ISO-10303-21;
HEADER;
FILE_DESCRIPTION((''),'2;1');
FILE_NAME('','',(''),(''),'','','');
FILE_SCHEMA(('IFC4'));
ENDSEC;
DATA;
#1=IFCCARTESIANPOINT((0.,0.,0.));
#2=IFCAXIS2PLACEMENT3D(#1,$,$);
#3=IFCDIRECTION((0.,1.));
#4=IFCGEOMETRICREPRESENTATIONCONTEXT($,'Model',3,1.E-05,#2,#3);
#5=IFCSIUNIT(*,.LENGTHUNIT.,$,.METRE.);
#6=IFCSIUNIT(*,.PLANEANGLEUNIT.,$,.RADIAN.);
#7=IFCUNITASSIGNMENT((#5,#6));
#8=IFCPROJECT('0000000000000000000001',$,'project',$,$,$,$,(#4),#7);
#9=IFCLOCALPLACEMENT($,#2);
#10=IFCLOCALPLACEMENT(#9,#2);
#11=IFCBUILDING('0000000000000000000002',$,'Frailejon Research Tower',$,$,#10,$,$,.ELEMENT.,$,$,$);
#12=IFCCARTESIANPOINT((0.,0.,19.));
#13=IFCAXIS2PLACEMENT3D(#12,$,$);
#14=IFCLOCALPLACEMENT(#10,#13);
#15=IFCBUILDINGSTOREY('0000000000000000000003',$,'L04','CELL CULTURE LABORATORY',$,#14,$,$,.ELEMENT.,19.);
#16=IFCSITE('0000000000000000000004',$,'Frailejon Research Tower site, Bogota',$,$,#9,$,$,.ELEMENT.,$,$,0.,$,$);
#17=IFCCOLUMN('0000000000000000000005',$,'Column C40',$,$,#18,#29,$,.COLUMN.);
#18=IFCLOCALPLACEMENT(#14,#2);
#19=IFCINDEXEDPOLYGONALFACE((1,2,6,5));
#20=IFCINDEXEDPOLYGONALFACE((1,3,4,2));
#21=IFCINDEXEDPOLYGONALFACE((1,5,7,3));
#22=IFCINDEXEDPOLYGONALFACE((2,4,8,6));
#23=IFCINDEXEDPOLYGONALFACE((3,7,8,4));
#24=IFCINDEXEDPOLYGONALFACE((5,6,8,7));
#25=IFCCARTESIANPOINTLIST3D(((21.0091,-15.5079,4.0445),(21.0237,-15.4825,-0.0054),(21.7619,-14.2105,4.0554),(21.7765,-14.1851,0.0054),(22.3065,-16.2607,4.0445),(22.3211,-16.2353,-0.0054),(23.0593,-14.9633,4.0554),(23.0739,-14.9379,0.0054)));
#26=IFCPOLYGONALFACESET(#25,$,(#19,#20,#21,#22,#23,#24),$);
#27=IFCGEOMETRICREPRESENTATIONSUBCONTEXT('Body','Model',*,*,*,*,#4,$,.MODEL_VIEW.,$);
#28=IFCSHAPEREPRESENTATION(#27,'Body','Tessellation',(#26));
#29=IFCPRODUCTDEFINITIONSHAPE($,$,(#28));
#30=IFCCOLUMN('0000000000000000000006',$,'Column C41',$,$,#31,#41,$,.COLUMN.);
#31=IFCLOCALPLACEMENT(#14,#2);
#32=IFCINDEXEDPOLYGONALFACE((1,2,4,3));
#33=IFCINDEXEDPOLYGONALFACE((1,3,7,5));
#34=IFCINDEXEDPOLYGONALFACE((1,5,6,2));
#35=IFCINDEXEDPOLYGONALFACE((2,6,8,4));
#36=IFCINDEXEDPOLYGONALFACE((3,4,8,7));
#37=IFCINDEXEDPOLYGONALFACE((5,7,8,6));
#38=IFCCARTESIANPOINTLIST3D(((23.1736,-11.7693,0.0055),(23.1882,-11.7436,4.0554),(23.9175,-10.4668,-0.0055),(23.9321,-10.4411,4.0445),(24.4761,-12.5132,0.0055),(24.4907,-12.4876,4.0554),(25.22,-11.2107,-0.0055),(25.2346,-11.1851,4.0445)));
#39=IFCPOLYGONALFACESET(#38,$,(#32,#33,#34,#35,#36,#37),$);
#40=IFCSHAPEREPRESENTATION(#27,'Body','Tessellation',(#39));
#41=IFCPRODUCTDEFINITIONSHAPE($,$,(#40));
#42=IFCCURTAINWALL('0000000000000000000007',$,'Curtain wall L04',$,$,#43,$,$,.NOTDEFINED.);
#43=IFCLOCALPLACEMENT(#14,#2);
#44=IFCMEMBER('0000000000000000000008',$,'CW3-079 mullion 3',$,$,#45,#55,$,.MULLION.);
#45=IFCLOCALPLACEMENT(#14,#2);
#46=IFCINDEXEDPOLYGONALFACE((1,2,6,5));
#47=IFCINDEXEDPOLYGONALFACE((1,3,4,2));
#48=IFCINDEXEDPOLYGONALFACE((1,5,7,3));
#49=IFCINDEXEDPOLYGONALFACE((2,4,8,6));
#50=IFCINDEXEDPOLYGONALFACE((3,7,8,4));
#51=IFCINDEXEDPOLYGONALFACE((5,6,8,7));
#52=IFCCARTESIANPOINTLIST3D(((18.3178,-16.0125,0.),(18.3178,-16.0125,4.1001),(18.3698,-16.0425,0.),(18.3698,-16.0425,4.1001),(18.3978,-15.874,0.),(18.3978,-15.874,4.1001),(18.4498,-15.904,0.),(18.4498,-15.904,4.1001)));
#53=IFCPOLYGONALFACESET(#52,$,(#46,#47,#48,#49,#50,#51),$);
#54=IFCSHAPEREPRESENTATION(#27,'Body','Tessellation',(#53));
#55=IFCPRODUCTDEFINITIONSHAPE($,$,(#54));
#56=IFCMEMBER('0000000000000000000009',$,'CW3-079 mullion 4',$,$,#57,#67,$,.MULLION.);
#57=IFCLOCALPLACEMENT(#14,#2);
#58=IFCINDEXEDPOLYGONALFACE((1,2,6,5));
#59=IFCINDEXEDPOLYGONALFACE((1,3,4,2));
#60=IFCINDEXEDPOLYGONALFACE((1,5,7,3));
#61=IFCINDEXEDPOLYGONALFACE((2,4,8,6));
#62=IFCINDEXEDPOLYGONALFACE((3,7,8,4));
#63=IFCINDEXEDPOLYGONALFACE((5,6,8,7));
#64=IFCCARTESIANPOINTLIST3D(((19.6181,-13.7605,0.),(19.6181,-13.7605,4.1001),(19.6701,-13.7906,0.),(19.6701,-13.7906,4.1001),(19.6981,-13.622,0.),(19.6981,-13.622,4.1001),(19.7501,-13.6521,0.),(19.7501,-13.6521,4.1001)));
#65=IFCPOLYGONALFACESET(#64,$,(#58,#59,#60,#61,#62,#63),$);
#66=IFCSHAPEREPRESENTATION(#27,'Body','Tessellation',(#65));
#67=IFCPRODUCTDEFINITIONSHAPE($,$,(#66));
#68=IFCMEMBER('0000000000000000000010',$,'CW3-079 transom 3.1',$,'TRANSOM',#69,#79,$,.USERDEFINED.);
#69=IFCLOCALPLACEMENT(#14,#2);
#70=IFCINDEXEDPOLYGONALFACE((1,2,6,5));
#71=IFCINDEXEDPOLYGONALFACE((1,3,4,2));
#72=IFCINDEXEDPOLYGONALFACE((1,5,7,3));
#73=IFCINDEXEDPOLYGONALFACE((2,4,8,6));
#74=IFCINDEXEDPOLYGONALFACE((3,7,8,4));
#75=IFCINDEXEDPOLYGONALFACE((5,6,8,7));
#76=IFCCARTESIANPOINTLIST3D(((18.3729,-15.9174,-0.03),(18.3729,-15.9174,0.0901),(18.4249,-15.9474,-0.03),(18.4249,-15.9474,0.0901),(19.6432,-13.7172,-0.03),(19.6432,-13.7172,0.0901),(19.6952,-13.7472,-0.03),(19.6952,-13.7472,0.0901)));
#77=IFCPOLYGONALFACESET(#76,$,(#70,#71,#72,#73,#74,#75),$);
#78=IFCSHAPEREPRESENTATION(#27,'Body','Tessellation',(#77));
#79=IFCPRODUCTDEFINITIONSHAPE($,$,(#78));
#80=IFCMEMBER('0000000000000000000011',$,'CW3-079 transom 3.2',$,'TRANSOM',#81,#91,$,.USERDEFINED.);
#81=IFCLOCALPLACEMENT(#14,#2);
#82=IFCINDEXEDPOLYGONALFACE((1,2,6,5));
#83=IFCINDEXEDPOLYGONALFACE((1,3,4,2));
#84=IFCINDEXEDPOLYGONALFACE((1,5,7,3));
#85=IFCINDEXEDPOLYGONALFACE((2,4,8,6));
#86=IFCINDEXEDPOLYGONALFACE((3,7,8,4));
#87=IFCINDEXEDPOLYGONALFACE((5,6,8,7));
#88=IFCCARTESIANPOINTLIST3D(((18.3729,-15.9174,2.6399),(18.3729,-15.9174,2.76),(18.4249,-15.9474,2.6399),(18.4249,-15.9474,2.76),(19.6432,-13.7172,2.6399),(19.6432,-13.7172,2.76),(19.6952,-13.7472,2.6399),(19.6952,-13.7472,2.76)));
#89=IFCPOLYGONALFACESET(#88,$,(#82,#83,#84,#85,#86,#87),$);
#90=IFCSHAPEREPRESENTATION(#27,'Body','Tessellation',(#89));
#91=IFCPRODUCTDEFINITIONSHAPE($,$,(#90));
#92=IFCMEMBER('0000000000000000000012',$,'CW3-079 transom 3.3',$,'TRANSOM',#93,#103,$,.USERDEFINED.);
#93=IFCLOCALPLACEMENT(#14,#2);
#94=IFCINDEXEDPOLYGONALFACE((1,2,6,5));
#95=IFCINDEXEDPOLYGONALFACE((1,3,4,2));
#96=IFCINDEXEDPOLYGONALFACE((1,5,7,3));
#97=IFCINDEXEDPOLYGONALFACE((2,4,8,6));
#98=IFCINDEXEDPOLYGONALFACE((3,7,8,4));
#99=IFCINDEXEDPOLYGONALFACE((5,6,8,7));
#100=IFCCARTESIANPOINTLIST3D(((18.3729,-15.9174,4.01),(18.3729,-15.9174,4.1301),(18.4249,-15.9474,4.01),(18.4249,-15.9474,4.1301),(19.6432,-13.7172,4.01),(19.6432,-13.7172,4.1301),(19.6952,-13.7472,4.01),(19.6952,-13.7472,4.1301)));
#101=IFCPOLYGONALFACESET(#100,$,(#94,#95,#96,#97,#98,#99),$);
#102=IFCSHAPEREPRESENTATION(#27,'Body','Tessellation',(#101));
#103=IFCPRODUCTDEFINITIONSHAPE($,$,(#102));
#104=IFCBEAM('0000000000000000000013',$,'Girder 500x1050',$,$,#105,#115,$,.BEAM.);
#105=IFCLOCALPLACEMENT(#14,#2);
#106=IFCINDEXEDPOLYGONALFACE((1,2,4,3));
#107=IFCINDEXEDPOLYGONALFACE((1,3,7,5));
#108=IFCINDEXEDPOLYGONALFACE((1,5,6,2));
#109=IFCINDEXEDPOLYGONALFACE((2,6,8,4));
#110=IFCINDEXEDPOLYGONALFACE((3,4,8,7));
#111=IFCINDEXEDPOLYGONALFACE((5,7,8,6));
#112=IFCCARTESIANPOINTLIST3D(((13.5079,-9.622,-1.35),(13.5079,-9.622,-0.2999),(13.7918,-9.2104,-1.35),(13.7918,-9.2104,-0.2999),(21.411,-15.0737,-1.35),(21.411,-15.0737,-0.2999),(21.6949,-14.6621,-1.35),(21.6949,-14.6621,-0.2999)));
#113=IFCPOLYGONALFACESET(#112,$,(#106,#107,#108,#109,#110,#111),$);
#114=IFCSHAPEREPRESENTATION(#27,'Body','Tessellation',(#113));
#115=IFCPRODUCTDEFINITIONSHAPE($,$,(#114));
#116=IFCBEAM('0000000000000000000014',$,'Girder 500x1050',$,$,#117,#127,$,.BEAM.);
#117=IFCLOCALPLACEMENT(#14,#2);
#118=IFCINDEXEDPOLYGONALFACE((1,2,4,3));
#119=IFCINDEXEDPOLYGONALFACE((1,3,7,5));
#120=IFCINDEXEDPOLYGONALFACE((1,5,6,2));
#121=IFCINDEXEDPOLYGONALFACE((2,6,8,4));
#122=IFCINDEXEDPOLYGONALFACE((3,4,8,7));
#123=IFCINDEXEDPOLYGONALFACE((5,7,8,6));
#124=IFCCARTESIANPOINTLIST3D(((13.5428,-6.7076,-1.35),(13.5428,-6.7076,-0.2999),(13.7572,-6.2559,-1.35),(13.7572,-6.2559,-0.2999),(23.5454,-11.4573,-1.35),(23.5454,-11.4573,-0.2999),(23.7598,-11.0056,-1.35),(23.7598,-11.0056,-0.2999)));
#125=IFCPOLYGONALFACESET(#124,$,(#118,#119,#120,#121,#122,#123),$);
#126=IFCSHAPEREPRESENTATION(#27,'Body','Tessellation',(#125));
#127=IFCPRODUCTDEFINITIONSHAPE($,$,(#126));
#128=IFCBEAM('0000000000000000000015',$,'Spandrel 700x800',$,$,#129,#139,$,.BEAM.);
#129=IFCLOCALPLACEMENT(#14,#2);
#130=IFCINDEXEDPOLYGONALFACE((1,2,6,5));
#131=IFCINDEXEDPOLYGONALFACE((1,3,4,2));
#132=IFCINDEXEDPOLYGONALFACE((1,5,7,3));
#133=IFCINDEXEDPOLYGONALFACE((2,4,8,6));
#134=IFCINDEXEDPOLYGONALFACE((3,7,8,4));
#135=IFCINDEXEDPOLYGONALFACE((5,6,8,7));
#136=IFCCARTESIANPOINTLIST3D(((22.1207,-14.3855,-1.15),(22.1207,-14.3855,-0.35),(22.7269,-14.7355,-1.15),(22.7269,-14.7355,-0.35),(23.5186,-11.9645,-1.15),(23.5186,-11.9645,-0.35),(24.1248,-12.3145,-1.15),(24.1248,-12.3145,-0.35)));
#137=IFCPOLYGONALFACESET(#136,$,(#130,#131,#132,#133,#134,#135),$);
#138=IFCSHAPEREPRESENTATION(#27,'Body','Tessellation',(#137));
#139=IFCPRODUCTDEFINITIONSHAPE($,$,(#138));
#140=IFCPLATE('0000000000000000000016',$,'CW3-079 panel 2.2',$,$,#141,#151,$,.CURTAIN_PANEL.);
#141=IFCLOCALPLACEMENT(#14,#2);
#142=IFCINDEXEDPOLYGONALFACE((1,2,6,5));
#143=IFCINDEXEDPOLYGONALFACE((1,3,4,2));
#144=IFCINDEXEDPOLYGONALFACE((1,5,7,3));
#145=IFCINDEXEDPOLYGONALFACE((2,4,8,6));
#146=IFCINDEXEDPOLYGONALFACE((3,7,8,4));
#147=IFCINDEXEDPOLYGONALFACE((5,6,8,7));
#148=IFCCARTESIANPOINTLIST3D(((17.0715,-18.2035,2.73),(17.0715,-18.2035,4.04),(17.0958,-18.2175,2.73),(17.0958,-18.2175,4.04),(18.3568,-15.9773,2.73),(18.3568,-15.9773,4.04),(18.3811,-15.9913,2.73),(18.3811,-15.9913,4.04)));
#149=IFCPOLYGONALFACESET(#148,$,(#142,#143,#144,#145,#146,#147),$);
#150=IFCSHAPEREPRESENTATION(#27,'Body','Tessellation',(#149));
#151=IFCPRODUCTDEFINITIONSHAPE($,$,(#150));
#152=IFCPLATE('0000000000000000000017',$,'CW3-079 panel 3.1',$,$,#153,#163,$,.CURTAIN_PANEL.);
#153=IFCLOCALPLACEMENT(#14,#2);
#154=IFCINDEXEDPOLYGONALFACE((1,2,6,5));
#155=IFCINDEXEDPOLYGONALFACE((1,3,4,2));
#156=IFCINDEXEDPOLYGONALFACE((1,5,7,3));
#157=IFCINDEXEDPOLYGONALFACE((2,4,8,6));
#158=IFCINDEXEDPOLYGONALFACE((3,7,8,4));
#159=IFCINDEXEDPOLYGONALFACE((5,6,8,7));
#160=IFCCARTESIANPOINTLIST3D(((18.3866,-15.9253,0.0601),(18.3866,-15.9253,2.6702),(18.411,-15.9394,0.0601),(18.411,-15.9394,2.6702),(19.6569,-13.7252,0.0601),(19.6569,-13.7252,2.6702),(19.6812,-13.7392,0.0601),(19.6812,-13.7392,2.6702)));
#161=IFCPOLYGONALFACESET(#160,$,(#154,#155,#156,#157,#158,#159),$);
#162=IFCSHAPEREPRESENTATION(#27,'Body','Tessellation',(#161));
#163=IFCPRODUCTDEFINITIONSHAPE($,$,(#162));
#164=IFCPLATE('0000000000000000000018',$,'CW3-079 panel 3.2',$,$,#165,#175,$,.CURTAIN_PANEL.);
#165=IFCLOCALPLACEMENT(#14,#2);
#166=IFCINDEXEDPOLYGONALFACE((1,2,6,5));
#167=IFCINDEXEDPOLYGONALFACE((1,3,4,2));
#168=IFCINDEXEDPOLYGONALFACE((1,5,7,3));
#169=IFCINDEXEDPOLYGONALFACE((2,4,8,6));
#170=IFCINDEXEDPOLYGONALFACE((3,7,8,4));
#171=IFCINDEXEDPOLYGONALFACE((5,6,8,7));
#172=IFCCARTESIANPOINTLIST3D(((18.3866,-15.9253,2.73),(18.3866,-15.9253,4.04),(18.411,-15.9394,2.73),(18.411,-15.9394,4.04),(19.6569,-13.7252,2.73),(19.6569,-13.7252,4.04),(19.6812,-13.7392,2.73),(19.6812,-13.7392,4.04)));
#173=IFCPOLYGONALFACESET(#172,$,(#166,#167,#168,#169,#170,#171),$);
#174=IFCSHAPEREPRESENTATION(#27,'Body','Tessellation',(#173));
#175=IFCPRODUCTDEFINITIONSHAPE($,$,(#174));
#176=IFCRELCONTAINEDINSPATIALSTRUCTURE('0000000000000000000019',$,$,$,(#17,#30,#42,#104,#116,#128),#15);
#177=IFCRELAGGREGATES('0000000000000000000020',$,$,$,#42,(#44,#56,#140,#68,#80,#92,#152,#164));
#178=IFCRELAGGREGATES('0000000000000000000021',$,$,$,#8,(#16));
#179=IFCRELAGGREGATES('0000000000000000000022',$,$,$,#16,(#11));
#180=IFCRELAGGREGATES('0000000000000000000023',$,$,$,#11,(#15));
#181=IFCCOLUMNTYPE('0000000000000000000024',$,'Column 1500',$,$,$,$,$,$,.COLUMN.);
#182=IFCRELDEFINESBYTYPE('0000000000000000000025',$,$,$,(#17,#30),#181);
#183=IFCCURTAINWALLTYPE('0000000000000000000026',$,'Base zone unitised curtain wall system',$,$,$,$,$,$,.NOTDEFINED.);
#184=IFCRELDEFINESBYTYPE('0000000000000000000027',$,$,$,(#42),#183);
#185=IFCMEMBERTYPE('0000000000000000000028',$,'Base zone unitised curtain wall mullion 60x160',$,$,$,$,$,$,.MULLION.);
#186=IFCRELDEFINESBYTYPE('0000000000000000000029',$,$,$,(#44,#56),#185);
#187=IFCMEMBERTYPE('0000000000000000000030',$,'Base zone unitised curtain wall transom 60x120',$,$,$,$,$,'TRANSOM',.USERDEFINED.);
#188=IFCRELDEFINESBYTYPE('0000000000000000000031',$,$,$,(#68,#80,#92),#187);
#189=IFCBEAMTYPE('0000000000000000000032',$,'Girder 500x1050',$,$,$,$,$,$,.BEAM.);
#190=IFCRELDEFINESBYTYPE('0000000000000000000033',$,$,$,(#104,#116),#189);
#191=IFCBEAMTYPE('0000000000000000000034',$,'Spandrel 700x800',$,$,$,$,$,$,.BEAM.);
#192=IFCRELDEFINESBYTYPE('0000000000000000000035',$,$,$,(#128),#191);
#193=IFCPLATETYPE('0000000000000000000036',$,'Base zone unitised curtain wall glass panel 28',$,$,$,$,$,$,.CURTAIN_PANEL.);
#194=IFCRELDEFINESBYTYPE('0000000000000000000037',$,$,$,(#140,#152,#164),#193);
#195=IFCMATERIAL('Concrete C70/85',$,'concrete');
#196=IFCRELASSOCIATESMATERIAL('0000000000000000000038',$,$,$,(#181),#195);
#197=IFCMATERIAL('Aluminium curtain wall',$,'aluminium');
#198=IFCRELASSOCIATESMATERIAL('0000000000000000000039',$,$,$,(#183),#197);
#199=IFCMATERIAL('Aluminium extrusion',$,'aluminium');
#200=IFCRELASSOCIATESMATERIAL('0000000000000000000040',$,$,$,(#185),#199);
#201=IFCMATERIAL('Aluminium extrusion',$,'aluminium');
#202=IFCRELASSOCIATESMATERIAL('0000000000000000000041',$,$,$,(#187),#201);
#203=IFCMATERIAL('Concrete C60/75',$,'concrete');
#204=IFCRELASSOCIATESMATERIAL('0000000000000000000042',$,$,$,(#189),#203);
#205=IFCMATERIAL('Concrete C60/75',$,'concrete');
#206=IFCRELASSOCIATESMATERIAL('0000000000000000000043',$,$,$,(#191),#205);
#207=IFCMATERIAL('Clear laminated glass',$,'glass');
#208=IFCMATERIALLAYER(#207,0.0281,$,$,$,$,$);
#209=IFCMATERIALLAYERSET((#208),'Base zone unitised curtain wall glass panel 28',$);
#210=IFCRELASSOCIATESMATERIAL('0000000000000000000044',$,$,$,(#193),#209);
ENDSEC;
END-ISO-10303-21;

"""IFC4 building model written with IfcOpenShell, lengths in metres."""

from ifc_helpers import new_model, si_unit, direction, frame, origin, origin_2d, place, context, subcontext, project, spatial, rectangle, extrude, material, layer, layer_set, material_profile, profile_set, type_object, element, aggregate, save


model = new_model("IFC4")

# Units and contexts
model_context = context("Model", 3, precision=1e-05, world=origin(), true_north=direction((0.0, 1.0)))
body_context = subcontext(model_context, "Body", "Model", "MODEL_VIEW")
ifc_project = project(units=[si_unit("LENGTHUNIT", "METRE"), si_unit("PLANEANGLEUNIT", "RADIAN")], contexts=[model_context])

# Site, building, storey
site_placement = place(None, origin())
site = spatial("IfcSite", under=ifc_project, at=site_placement, Name="Frailejon Research Tower site, Bogota", CompositionType="ELEMENT", RefElevation=0.0)
building_placement = place(site_placement, origin())
building = spatial("IfcBuilding", under=site, at=building_placement, Name="Frailejon Research Tower", CompositionType="ELEMENT")
storey_placement = place(building_placement, frame((0.0, 0.0, 19.0)))
storey = spatial("IfcBuildingStorey", under=building, at=storey_placement, Name="L04", Description="CELL CULTURE LABORATORY", CompositionType="ELEMENT", Elevation=19.0)

# Columns
ifc_material_1 = material(Name="Concrete C70/85", Category="concrete")
ifc_material_profile_1 = material_profile(ifc_material_1, rectangle(XDim=1.5, YDim=1.5, at=origin_2d()), Name="Column 1500")
ifc_profile_set_1 = profile_set([ifc_material_profile_1], Name="Concrete C70/85")
column_type = type_object("IfcColumnType", Name="Column 1500", PredefinedType="COLUMN", material=ifc_profile_set_1)
for number, where, z_axis, x_axis, name in (
    (1, (22.0488, -15.2102, 0.0), (-0.003617, -0.006269, 0.999974), (0.501883, 0.864905, 0.007238), "Column C40"),
    (2, (24.1968, -11.49, 0.0), (0.003617, 0.006329, 0.999973), (0.495951, 0.86832, -0.00729), "Column C41"),
):
    element("IfcColumn", number, at=place(storey_placement, frame(where, z_axis=z_axis, x_axis=x_axis)), inside=storey, type_object=column_type, Name=name, PredefinedType="COLUMN", context=body_context, shape_type="SweptSolid", body=[
        extrude(rectangle(XDim=1.5, YDim=1.5, at=origin_2d()), origin(), (0.0, 0.0, 1.0), 4.05),
    ])

# Curtain wall, members
ifc_material_2 = material(Name="Aluminium curtain wall", Category="aluminium")
curtain_wall_type = type_object("IfcCurtainWallType", Name="Base zone unitised curtain wall system", PredefinedType="NOTDEFINED", material=ifc_material_2)
curtain_wall_placement = place(storey_placement, origin())
curtain_wall = element("IfcCurtainWall", 3, at=curtain_wall_placement, inside=storey, type_object=curtain_wall_type, Name="Curtain wall L04", PredefinedType="NOTDEFINED")
ifc_material_3 = material(Name="Aluminium extrusion", Category="aluminium")
ifc_material_profile_2 = material_profile(ifc_material_3, rectangle(XDim=0.0601, YDim=0.1599, at=origin_2d()), Name="Base zone unitised curtain wall mullion 60x160")
ifc_profile_set_2 = profile_set([ifc_material_profile_2], Name="Aluminium extrusion")
member_type_1 = type_object("IfcMemberType", Name="Base zone unitised curtain wall mullion 60x160", PredefinedType="MULLION", material=ifc_profile_set_2)
member_1_placement = place(storey_placement, frame((18.3838, -15.9583, 0.0), z_axis=(0.0, 0.0, 1.0), x_axis=(-0.866027, 0.499997, 0.0)))
member_1 = element("IfcMember", 4, at=member_1_placement, type_object=member_type_1, Name="CW3-079 mullion 3", PredefinedType="MULLION", context=body_context, shape_type="SweptSolid", body=[
    extrude(rectangle(XDim=0.0601, YDim=0.1599, at=origin_2d()), origin(), (0.0, 0.0, 1.0), 4.1001),
])
member_2_placement = place(storey_placement, frame((19.6841, -13.7063, 0.0), z_axis=(0.0, 0.0, 1.0), x_axis=(-0.866027, 0.499997, 0.0)))
member_2 = element("IfcMember", 5, at=member_2_placement, type_object=member_type_1, Name="CW3-079 mullion 4", PredefinedType="MULLION", context=body_context, shape_type="SweptSolid", body=[
    extrude(rectangle(XDim=0.0601, YDim=0.1599, at=origin_2d()), origin(), (0.0, 0.0, 1.0), 4.1001),
])
ifc_material_4 = material(Name="Aluminium extrusion", Category="aluminium")
ifc_material_profile_3 = material_profile(ifc_material_4, rectangle(XDim=0.0601, YDim=0.1201, at=origin_2d()), Name="Base zone unitised curtain wall transom 60x120")
ifc_profile_set_3 = profile_set([ifc_material_profile_3], Name="Aluminium extrusion")
member_type_2 = type_object("IfcMemberType", Name="Base zone unitised curtain wall transom 60x120", ElementType="TRANSOM", PredefinedType="USERDEFINED", material=ifc_profile_set_3)
member_3_placement = place(storey_placement, frame((18.3989, -15.9324, 0.03), z_axis=(0.499994, 0.866029, 0.0), x_axis=(-0.866029, 0.499994, 0.0)))
member_3 = element("IfcMember", 6, at=member_3_placement, type_object=member_type_2, Name="CW3-079 transom 3.1", ObjectType="TRANSOM", PredefinedType="USERDEFINED", context=body_context, shape_type="SweptSolid", body=[
    extrude(rectangle(XDim=0.0601, YDim=0.1201, at=origin_2d()), origin(), (0.0, 0.0, 1.0), 2.5405),
])
member_4_placement = place(storey_placement, frame((18.3989, -15.9324, 2.7), z_axis=(0.499994, 0.866029, 0.0), x_axis=(-0.866029, 0.499994, 0.0)))
member_4 = element("IfcMember", 7, at=member_4_placement, type_object=member_type_2, Name="CW3-079 transom 3.2", ObjectType="TRANSOM", PredefinedType="USERDEFINED", context=body_context, shape_type="SweptSolid", body=[
    extrude(rectangle(XDim=0.0601, YDim=0.1201, at=origin_2d()), origin(), (0.0, 0.0, 1.0), 2.5405),
])
member_5_placement = place(storey_placement, frame((18.3989, -15.9324, 4.0701), z_axis=(0.499994, 0.866029, 0.0), x_axis=(-0.866029, 0.499994, 0.0)))
member_5 = element("IfcMember", 8, at=member_5_placement, type_object=member_type_2, Name="CW3-079 transom 3.3", ObjectType="TRANSOM", PredefinedType="USERDEFINED", context=body_context, shape_type="SweptSolid", body=[
    extrude(rectangle(XDim=0.0601, YDim=0.1201, at=origin_2d()), origin(), (0.0, 0.0, 1.0), 2.5405),
])

# Beams
ifc_material_5 = material(Name="Concrete C60/75", Category="concrete")
ifc_material_profile_4 = material_profile(ifc_material_5, rectangle(XDim=0.5, YDim=1.05, at=origin_2d()), Name="Girder 500x1050")
ifc_profile_set_4 = profile_set([ifc_material_profile_4], Name="Concrete C60/75")
beam_type_1 = type_object("IfcBeamType", Name="Girder 500x1050", PredefinedType="BEAM", material=ifc_profile_set_4)
beam_1_placement = place(storey_placement, frame((21.553, -14.8679, -0.825), z_axis=(-0.823151, 0.567822, 0.0), x_axis=(-0.567822, -0.823151, 0.0)))
element("IfcBeam", 9, at=beam_1_placement, inside=storey, type_object=beam_type_1, Name="Girder 500x1050", PredefinedType="BEAM", context=body_context, shape_type="SweptSolid", body=[
    extrude(rectangle(XDim=0.5, YDim=1.05, at=origin_2d()), origin(), (0.0, 0.0, 1.0), 9.6011),
])
beam_2_placement = place(storey_placement, frame((23.6526, -11.2314, -0.825), z_axis=(-0.903331, 0.428945, 0.0), x_axis=(-0.428945, -0.903331, 0.0)))
element("IfcBeam", 10, at=beam_2_placement, inside=storey, type_object=beam_type_1, Name="Girder 500x1050", PredefinedType="BEAM", context=body_context, shape_type="SweptSolid", body=[
    extrude(rectangle(XDim=0.5, YDim=1.05, at=origin_2d()), origin(), (0.0, 0.0, 1.0), 11.073),
])
ifc_material_6 = material(Name="Concrete C60/75", Category="concrete")
ifc_material_profile_5 = material_profile(ifc_material_6, rectangle(XDim=0.7, YDim=0.8, at=origin_2d()), Name="Spandrel 700x800")
ifc_profile_set_5 = profile_set([ifc_material_profile_5], Name="Concrete C60/75")
beam_type_2 = type_object("IfcBeamType", Name="Spandrel 700x800", PredefinedType="BEAM", material=ifc_profile_set_5)
beam_3_placement = place(storey_placement, frame((22.4238, -14.5605, -0.75), z_axis=(0.500027, 0.86601, 0.0), x_axis=(-0.86601, 0.500027, 0.0)))
element("IfcBeam", 11, at=beam_3_placement, inside=storey, type_object=beam_type_2, Name="Spandrel 700x800", PredefinedType="BEAM", context=body_context, shape_type="SweptSolid", body=[
    extrude(rectangle(XDim=0.7, YDim=0.8, at=origin_2d()), origin(), (0.0, 0.0, 1.0), 2.7957),
])

# Plates
ifc_material_7 = material(Name="Clear laminated glass", Category="glass")
ifc_layer_1 = layer(ifc_material_7, 0.0281)
ifc_layer_set_1 = layer_set([ifc_layer_1], Name="Base zone unitised curtain wall glass panel 28")
plate_type = type_object("IfcPlateType", Name="Base zone unitised curtain wall glass panel 28", PredefinedType="CURTAIN_PANEL", material=ifc_layer_set_1)
plate_1_placement = place(storey_placement, frame((17.7263, -17.0974, 2.73), z_axis=(0.0, 0.0, 1.0), x_axis=(0.499997, 0.866027, 0.0)))
plate_1 = element("IfcPlate", 12, at=plate_1_placement, type_object=plate_type, Name="CW3-079 panel 2.2", PredefinedType="CURTAIN_PANEL", context=body_context, shape_type="SweptSolid", body=[
    extrude(rectangle(XDim=2.5706, YDim=0.0281, at=origin_2d()), origin(), (0.0, 0.0, 1.0), 1.3101),
])
plate_2_placement = place(storey_placement, frame((19.0339, -14.8323, 0.0601), z_axis=(0.0, 0.0, 1.0), x_axis=(0.499997, 0.866027, 0.0)))
plate_2 = element("IfcPlate", 13, at=plate_2_placement, type_object=plate_type, Name="CW3-079 panel 3.1", PredefinedType="CURTAIN_PANEL", context=body_context, shape_type="SweptSolid", body=[
    extrude(rectangle(XDim=2.5405, YDim=0.0281, at=origin_2d()), origin(), (0.0, 0.0, 1.0), 2.6101),
])
plate_3_placement = place(storey_placement, frame((19.0339, -14.8323, 2.73), z_axis=(0.0, 0.0, 1.0), x_axis=(0.499997, 0.866027, 0.0)))
plate_3 = element("IfcPlate", 14, at=plate_3_placement, type_object=plate_type, Name="CW3-079 panel 3.2", PredefinedType="CURTAIN_PANEL", context=body_context, shape_type="SweptSolid", body=[
    extrude(rectangle(XDim=2.5405, YDim=0.0281, at=origin_2d()), origin(), (0.0, 0.0, 1.0), 1.3101),
])
aggregate(curtain_wall, [member_1, member_2, plate_1, member_3, member_4, member_5, plate_2, plate_3])

save(model, "model.ifc")
